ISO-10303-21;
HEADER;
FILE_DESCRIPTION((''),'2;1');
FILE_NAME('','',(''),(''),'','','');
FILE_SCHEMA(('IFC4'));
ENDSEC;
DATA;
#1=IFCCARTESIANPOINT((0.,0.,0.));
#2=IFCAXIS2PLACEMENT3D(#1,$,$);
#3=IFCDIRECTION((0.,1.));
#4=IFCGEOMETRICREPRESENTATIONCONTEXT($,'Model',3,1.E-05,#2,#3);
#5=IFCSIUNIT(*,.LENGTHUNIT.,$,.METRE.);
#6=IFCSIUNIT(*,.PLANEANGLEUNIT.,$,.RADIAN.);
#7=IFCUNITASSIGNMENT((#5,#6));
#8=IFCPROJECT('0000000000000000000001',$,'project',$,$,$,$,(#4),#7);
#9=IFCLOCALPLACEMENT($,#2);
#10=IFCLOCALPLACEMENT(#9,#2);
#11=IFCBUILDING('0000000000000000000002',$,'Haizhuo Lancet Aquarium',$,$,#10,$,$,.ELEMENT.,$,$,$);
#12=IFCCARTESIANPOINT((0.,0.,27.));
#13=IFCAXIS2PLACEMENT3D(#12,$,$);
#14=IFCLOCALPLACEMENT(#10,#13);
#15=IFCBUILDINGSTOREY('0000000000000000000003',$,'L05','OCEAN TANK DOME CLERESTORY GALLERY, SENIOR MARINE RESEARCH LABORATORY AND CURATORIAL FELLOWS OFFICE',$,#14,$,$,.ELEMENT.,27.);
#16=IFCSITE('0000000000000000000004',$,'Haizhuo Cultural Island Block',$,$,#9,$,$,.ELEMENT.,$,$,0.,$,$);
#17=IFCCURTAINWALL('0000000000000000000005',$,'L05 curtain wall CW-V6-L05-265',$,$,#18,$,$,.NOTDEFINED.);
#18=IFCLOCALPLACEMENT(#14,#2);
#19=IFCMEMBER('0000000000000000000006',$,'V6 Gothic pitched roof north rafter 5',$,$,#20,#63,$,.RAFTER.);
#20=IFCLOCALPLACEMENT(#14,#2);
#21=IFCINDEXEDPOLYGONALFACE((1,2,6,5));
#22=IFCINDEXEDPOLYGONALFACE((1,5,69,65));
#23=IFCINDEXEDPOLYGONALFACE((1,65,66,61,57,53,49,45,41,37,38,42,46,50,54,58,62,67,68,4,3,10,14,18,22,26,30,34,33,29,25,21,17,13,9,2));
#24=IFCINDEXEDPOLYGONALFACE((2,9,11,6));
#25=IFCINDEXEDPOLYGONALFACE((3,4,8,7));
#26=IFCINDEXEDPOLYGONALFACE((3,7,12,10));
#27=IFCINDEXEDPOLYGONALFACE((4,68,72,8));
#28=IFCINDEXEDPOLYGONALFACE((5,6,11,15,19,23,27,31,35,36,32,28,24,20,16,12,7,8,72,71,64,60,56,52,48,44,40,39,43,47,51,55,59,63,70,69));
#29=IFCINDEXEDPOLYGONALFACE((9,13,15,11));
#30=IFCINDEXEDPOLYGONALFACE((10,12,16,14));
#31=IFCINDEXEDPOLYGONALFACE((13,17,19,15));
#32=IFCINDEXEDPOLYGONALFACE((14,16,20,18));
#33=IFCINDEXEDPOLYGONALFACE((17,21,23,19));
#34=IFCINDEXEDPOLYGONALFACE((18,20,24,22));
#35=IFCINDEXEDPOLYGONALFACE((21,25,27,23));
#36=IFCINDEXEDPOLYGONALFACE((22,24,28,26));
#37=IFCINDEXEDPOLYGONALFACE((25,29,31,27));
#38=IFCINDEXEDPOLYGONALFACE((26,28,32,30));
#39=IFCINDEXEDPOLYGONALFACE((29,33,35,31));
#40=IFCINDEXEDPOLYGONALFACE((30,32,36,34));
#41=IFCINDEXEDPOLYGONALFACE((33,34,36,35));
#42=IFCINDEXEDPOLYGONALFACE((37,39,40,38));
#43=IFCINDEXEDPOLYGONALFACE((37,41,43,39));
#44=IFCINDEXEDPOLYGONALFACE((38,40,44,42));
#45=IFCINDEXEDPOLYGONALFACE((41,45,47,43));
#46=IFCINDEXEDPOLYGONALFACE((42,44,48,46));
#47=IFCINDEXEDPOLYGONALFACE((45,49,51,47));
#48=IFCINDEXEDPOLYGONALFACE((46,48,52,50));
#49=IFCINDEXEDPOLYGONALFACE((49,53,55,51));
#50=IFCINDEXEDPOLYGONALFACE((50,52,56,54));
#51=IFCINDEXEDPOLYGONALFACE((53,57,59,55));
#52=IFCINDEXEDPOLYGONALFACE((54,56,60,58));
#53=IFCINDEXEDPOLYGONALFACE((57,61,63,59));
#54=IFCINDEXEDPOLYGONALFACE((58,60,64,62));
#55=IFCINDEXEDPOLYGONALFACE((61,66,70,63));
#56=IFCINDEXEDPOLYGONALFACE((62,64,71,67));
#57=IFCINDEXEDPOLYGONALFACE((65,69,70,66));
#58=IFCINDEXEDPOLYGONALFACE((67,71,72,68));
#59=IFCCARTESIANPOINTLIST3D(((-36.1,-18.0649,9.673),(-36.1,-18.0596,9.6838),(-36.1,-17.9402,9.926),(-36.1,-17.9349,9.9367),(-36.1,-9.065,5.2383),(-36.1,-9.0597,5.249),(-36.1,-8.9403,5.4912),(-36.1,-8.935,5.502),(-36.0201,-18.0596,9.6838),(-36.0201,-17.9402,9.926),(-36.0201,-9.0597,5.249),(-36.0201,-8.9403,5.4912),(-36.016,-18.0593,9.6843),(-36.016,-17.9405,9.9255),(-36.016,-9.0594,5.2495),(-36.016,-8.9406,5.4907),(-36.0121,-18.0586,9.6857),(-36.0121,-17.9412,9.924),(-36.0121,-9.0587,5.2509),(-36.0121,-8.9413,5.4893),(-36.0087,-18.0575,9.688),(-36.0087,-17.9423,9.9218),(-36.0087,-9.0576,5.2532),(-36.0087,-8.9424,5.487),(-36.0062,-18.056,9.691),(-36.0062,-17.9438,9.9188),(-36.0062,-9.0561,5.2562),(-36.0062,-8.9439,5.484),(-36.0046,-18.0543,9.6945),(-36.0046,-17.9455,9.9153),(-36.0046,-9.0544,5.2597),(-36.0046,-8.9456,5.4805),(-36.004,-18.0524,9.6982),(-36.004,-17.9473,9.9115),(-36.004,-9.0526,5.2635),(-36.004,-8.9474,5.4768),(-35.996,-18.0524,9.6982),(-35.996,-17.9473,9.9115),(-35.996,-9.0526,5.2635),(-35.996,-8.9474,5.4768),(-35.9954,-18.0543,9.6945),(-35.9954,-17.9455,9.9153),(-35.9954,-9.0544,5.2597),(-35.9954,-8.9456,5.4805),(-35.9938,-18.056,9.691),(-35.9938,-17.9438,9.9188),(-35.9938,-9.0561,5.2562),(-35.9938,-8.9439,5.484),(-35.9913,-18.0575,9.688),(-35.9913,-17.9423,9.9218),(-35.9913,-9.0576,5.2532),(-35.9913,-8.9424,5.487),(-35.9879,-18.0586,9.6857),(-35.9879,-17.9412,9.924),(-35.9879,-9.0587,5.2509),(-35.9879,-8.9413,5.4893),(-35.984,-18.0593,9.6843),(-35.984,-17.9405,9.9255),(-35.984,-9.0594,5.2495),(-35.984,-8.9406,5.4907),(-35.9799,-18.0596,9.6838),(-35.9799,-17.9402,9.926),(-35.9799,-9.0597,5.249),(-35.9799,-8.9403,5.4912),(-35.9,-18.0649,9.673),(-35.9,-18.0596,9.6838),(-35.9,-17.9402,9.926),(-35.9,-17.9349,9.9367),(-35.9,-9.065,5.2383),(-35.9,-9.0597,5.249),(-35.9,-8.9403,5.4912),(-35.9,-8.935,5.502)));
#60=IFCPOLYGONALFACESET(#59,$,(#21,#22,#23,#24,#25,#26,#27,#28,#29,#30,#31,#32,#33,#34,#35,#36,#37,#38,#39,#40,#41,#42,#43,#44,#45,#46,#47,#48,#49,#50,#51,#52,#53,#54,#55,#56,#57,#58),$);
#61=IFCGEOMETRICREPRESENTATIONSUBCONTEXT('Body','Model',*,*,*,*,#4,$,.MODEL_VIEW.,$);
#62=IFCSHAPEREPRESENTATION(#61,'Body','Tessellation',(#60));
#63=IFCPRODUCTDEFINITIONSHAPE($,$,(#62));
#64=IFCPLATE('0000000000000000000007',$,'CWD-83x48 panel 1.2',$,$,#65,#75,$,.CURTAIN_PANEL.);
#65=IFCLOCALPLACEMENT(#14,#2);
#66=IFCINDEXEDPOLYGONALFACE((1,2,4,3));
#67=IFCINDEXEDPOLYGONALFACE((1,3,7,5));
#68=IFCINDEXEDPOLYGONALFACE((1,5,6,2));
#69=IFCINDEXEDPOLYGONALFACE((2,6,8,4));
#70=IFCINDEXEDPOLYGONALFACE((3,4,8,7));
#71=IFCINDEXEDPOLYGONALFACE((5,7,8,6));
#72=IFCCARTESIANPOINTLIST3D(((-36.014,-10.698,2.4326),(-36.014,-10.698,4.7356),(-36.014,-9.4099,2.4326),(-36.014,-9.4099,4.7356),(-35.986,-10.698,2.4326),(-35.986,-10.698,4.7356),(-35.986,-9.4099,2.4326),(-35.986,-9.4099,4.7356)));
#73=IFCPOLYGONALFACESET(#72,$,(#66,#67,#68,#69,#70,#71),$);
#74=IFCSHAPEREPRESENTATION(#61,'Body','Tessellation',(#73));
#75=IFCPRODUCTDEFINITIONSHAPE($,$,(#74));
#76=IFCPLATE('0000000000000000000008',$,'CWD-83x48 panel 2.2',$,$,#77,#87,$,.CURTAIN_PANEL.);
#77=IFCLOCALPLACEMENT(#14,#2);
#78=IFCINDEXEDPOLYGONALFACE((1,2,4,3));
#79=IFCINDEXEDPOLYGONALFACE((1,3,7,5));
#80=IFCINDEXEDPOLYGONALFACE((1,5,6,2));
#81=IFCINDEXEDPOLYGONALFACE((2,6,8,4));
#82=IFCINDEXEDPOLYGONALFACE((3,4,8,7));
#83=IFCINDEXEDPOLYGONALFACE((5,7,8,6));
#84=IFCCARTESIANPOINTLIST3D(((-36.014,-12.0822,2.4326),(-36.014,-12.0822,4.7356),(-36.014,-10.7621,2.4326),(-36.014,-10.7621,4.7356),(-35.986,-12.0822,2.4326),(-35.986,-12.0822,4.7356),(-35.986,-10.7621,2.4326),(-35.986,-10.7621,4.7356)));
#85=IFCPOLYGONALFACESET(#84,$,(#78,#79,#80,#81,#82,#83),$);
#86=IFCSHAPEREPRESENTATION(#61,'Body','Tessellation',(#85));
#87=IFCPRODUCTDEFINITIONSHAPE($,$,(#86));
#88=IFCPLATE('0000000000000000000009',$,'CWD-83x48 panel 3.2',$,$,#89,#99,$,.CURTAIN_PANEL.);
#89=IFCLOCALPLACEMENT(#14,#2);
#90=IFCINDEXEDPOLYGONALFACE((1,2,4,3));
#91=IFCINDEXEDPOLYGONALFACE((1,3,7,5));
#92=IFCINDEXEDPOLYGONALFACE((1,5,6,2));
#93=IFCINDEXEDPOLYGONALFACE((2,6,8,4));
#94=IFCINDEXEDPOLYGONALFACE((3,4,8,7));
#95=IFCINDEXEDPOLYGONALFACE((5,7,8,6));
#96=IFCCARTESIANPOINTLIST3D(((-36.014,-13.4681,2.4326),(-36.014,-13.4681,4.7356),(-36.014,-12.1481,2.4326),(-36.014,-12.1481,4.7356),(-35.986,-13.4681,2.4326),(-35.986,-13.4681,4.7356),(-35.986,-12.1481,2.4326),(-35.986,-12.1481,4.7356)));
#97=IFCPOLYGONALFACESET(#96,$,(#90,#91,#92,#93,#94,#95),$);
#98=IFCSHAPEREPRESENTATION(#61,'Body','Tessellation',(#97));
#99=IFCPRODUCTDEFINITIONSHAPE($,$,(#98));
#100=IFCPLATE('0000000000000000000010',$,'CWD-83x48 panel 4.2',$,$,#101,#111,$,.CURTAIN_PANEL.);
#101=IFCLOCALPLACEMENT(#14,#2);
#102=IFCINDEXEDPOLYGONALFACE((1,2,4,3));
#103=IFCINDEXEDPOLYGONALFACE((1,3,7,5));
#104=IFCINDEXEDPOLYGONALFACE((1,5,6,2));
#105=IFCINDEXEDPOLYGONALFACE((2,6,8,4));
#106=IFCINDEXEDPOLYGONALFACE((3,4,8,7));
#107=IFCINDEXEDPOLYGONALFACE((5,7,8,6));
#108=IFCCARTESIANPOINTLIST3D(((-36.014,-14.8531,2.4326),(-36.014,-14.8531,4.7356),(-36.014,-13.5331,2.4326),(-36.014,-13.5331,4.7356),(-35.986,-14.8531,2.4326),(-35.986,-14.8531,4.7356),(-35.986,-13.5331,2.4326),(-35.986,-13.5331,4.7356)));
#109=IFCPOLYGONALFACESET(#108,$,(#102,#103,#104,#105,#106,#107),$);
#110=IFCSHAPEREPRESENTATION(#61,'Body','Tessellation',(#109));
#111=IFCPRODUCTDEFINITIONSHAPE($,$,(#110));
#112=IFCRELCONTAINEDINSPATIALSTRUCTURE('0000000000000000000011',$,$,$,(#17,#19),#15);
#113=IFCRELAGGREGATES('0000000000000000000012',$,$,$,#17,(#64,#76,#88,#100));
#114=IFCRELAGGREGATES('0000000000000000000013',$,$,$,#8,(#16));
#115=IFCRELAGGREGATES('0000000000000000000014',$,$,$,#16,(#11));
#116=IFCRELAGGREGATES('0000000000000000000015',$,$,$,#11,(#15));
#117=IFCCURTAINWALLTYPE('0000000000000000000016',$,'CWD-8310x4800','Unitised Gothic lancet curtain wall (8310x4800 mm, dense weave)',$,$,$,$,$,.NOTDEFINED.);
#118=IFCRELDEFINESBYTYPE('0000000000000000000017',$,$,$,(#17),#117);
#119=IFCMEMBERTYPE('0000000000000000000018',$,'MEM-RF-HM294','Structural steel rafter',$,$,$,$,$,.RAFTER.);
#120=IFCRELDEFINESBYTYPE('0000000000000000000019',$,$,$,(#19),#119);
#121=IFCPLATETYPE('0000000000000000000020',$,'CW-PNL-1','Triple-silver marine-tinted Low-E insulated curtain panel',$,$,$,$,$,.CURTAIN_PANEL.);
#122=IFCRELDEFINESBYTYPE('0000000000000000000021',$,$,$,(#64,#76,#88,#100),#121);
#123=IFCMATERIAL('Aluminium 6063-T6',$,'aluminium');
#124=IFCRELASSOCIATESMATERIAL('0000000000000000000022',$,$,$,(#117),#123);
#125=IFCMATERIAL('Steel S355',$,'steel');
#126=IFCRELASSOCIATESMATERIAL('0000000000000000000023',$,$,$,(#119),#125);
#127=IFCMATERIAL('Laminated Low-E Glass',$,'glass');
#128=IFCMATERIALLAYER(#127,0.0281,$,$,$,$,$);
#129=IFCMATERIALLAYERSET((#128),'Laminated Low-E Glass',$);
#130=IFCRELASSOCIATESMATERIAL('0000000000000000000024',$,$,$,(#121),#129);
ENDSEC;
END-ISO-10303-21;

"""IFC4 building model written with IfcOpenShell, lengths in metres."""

from ifc_helpers import new_model, si_unit, direction, frame, origin, origin_2d, place, context, subcontext, project, spatial, rectangle, i_section, extrude, material, layer, layer_set, material_profile, profile_set, type_object, element, aggregate, save


model = new_model("IFC4")

# Units and contexts
model_context = context("Model", 3, precision=1e-05, world=origin(), true_north=direction((0.0, 1.0)))
body_context = subcontext(model_context, "Body", "Model", "MODEL_VIEW")
ifc_project = project(units=[si_unit("LENGTHUNIT", "METRE"), si_unit("PLANEANGLEUNIT", "RADIAN")], contexts=[model_context])

# Site, building, storey
site_placement = place(None, origin())
site = spatial("IfcSite", under=ifc_project, at=site_placement, Name="Haizhuo Cultural Island Block", CompositionType="ELEMENT", RefElevation=0.0)
building_placement = place(site_placement, origin())
building = spatial("IfcBuilding", under=site, at=building_placement, Name="Haizhuo Lancet Aquarium", CompositionType="ELEMENT")
storey_placement = place(building_placement, frame((0.0, 0.0, 27.0)))
storey = spatial("IfcBuildingStorey", under=building, at=storey_placement, Name="L05", Description="OCEAN TANK DOME CLERESTORY GALLERY, SENIOR MARINE RESEARCH LABORATORY AND CURATORIAL FELLOWS OFFICE", CompositionType="ELEMENT", Elevation=27.0)

# Curtain wall
ifc_material_1 = material(Name="Aluminium 6063-T6", Category="aluminium")
curtain_wall_type = type_object("IfcCurtainWallType", Name="CWD-8310x4800", Description="Unitised Gothic lancet curtain wall (8310x4800 mm, dense weave)", PredefinedType="NOTDEFINED", material=ifc_material_1)
curtain_wall_placement = place(storey_placement, origin())
curtain_wall = element("IfcCurtainWall", 1, at=curtain_wall_placement, inside=storey, type_object=curtain_wall_type, Name="L05 curtain wall CW-V6-L05-265", PredefinedType="NOTDEFINED")

# Member
ifc_material_2 = material(Name="Steel S355", Category="steel")
ifc_material_profile_1 = material_profile(ifc_material_2, i_section(OverallWidth=0.2, OverallDepth=0.2939, WebThickness=0.0081, FlangeThickness=0.012, FilletRadius=0.0161, at=origin_2d()), Name="HM 294x200x8x12")
ifc_profile_set_1 = profile_set([ifc_material_profile_1], Name="Steel S355")
member_type_1 = type_object("IfcMemberType", Name="MEM-RF-HM294", Description="Structural steel rafter", PredefinedType="RAFTER", material=ifc_profile_set_1)
member_1_placement = place(storey_placement, frame((-36.0, -9.0, 5.3701), z_axis=(0.0, -0.897011, 0.442009), x_axis=(1.0, 0.0, 0.0)))
element("IfcMember", 2, at=member_1_placement, inside=storey, type_object=member_type_1, Name="V6 Gothic pitched roof north rafter 5", PredefinedType="RAFTER", context=body_context, shape_type="SweptSolid", body=[
    extrude(i_section(OverallWidth=0.2, OverallDepth=0.2939, WebThickness=0.0081, FlangeThickness=0.012, FilletRadius=0.0161, at=origin_2d()), origin(), (0.0, 0.0, 1.0), 10.0332),
])

# Plates
ifc_material_3 = material(Name="Laminated Low-E Glass", Category="glass")
ifc_layer = layer(ifc_material_3, 0.0281)
ifc_layer_set = layer_set([ifc_layer], Name="Laminated Low-E Glass")
plate_type = type_object("IfcPlateType", Name="CW-PNL-1", Description="Triple-silver marine-tinted Low-E insulated curtain panel", PredefinedType="CURTAIN_PANEL", material=ifc_layer_set)
plate_1_placement = place(storey_placement, frame((-36.0, -10.054, 2.4326), z_axis=(0.0, 0.0, 1.0), x_axis=(0.0, -1.0, 0.0)))
plate_1 = element("IfcPlate", 3, at=plate_1_placement, type_object=plate_type, Name="CWD-83x48 panel 1.2", PredefinedType="CURTAIN_PANEL", context=body_context, shape_type="SweptSolid", body=[
    extrude(rectangle(XDim=1.2881, YDim=0.0281, at=origin_2d()), origin(), (0.0, 0.0, 1.0), 2.303),
])
plate_2_placement = place(storey_placement, frame((-36.0, -11.4221, 2.4326), z_axis=(0.0, 0.0, 1.0), x_axis=(0.0, -1.0, 0.0)))
plate_2 = element("IfcPlate", 4, at=plate_2_placement, type_object=plate_type, Name="CWD-83x48 panel 2.2", PredefinedType="CURTAIN_PANEL", context=body_context, shape_type="SweptSolid", body=[
    extrude(rectangle(XDim=1.3201, YDim=0.0281, at=origin_2d()), origin(), (0.0, 0.0, 1.0), 2.303),
])
plate_3_placement = place(storey_placement, frame((-36.0, -12.8081, 2.4326), z_axis=(0.0, 0.0, 1.0), x_axis=(0.0, -1.0, 0.0)))
plate_3 = element("IfcPlate", 5, at=plate_3_placement, type_object=plate_type, Name="CWD-83x48 panel 3.2", PredefinedType="CURTAIN_PANEL", context=body_context, shape_type="SweptSolid", body=[
    extrude(rectangle(XDim=1.3201, YDim=0.0281, at=origin_2d()), origin(), (0.0, 0.0, 1.0), 2.303),
])
plate_4_placement = place(storey_placement, frame((-36.0, -14.1931, 2.4326), z_axis=(0.0, 0.0, 1.0), x_axis=(0.0, -1.0, 0.0)))
plate_4 = element("IfcPlate", 6, at=plate_4_placement, type_object=plate_type, Name="CWD-83x48 panel 4.2", PredefinedType="CURTAIN_PANEL", context=body_context, shape_type="SweptSolid", body=[
    extrude(rectangle(XDim=1.3201, YDim=0.0281, at=origin_2d()), origin(), (0.0, 0.0, 1.0), 2.303),
])
aggregate(curtain_wall, [plate_1, plate_2, plate_3, plate_4])

save(model, "model.ifc")
